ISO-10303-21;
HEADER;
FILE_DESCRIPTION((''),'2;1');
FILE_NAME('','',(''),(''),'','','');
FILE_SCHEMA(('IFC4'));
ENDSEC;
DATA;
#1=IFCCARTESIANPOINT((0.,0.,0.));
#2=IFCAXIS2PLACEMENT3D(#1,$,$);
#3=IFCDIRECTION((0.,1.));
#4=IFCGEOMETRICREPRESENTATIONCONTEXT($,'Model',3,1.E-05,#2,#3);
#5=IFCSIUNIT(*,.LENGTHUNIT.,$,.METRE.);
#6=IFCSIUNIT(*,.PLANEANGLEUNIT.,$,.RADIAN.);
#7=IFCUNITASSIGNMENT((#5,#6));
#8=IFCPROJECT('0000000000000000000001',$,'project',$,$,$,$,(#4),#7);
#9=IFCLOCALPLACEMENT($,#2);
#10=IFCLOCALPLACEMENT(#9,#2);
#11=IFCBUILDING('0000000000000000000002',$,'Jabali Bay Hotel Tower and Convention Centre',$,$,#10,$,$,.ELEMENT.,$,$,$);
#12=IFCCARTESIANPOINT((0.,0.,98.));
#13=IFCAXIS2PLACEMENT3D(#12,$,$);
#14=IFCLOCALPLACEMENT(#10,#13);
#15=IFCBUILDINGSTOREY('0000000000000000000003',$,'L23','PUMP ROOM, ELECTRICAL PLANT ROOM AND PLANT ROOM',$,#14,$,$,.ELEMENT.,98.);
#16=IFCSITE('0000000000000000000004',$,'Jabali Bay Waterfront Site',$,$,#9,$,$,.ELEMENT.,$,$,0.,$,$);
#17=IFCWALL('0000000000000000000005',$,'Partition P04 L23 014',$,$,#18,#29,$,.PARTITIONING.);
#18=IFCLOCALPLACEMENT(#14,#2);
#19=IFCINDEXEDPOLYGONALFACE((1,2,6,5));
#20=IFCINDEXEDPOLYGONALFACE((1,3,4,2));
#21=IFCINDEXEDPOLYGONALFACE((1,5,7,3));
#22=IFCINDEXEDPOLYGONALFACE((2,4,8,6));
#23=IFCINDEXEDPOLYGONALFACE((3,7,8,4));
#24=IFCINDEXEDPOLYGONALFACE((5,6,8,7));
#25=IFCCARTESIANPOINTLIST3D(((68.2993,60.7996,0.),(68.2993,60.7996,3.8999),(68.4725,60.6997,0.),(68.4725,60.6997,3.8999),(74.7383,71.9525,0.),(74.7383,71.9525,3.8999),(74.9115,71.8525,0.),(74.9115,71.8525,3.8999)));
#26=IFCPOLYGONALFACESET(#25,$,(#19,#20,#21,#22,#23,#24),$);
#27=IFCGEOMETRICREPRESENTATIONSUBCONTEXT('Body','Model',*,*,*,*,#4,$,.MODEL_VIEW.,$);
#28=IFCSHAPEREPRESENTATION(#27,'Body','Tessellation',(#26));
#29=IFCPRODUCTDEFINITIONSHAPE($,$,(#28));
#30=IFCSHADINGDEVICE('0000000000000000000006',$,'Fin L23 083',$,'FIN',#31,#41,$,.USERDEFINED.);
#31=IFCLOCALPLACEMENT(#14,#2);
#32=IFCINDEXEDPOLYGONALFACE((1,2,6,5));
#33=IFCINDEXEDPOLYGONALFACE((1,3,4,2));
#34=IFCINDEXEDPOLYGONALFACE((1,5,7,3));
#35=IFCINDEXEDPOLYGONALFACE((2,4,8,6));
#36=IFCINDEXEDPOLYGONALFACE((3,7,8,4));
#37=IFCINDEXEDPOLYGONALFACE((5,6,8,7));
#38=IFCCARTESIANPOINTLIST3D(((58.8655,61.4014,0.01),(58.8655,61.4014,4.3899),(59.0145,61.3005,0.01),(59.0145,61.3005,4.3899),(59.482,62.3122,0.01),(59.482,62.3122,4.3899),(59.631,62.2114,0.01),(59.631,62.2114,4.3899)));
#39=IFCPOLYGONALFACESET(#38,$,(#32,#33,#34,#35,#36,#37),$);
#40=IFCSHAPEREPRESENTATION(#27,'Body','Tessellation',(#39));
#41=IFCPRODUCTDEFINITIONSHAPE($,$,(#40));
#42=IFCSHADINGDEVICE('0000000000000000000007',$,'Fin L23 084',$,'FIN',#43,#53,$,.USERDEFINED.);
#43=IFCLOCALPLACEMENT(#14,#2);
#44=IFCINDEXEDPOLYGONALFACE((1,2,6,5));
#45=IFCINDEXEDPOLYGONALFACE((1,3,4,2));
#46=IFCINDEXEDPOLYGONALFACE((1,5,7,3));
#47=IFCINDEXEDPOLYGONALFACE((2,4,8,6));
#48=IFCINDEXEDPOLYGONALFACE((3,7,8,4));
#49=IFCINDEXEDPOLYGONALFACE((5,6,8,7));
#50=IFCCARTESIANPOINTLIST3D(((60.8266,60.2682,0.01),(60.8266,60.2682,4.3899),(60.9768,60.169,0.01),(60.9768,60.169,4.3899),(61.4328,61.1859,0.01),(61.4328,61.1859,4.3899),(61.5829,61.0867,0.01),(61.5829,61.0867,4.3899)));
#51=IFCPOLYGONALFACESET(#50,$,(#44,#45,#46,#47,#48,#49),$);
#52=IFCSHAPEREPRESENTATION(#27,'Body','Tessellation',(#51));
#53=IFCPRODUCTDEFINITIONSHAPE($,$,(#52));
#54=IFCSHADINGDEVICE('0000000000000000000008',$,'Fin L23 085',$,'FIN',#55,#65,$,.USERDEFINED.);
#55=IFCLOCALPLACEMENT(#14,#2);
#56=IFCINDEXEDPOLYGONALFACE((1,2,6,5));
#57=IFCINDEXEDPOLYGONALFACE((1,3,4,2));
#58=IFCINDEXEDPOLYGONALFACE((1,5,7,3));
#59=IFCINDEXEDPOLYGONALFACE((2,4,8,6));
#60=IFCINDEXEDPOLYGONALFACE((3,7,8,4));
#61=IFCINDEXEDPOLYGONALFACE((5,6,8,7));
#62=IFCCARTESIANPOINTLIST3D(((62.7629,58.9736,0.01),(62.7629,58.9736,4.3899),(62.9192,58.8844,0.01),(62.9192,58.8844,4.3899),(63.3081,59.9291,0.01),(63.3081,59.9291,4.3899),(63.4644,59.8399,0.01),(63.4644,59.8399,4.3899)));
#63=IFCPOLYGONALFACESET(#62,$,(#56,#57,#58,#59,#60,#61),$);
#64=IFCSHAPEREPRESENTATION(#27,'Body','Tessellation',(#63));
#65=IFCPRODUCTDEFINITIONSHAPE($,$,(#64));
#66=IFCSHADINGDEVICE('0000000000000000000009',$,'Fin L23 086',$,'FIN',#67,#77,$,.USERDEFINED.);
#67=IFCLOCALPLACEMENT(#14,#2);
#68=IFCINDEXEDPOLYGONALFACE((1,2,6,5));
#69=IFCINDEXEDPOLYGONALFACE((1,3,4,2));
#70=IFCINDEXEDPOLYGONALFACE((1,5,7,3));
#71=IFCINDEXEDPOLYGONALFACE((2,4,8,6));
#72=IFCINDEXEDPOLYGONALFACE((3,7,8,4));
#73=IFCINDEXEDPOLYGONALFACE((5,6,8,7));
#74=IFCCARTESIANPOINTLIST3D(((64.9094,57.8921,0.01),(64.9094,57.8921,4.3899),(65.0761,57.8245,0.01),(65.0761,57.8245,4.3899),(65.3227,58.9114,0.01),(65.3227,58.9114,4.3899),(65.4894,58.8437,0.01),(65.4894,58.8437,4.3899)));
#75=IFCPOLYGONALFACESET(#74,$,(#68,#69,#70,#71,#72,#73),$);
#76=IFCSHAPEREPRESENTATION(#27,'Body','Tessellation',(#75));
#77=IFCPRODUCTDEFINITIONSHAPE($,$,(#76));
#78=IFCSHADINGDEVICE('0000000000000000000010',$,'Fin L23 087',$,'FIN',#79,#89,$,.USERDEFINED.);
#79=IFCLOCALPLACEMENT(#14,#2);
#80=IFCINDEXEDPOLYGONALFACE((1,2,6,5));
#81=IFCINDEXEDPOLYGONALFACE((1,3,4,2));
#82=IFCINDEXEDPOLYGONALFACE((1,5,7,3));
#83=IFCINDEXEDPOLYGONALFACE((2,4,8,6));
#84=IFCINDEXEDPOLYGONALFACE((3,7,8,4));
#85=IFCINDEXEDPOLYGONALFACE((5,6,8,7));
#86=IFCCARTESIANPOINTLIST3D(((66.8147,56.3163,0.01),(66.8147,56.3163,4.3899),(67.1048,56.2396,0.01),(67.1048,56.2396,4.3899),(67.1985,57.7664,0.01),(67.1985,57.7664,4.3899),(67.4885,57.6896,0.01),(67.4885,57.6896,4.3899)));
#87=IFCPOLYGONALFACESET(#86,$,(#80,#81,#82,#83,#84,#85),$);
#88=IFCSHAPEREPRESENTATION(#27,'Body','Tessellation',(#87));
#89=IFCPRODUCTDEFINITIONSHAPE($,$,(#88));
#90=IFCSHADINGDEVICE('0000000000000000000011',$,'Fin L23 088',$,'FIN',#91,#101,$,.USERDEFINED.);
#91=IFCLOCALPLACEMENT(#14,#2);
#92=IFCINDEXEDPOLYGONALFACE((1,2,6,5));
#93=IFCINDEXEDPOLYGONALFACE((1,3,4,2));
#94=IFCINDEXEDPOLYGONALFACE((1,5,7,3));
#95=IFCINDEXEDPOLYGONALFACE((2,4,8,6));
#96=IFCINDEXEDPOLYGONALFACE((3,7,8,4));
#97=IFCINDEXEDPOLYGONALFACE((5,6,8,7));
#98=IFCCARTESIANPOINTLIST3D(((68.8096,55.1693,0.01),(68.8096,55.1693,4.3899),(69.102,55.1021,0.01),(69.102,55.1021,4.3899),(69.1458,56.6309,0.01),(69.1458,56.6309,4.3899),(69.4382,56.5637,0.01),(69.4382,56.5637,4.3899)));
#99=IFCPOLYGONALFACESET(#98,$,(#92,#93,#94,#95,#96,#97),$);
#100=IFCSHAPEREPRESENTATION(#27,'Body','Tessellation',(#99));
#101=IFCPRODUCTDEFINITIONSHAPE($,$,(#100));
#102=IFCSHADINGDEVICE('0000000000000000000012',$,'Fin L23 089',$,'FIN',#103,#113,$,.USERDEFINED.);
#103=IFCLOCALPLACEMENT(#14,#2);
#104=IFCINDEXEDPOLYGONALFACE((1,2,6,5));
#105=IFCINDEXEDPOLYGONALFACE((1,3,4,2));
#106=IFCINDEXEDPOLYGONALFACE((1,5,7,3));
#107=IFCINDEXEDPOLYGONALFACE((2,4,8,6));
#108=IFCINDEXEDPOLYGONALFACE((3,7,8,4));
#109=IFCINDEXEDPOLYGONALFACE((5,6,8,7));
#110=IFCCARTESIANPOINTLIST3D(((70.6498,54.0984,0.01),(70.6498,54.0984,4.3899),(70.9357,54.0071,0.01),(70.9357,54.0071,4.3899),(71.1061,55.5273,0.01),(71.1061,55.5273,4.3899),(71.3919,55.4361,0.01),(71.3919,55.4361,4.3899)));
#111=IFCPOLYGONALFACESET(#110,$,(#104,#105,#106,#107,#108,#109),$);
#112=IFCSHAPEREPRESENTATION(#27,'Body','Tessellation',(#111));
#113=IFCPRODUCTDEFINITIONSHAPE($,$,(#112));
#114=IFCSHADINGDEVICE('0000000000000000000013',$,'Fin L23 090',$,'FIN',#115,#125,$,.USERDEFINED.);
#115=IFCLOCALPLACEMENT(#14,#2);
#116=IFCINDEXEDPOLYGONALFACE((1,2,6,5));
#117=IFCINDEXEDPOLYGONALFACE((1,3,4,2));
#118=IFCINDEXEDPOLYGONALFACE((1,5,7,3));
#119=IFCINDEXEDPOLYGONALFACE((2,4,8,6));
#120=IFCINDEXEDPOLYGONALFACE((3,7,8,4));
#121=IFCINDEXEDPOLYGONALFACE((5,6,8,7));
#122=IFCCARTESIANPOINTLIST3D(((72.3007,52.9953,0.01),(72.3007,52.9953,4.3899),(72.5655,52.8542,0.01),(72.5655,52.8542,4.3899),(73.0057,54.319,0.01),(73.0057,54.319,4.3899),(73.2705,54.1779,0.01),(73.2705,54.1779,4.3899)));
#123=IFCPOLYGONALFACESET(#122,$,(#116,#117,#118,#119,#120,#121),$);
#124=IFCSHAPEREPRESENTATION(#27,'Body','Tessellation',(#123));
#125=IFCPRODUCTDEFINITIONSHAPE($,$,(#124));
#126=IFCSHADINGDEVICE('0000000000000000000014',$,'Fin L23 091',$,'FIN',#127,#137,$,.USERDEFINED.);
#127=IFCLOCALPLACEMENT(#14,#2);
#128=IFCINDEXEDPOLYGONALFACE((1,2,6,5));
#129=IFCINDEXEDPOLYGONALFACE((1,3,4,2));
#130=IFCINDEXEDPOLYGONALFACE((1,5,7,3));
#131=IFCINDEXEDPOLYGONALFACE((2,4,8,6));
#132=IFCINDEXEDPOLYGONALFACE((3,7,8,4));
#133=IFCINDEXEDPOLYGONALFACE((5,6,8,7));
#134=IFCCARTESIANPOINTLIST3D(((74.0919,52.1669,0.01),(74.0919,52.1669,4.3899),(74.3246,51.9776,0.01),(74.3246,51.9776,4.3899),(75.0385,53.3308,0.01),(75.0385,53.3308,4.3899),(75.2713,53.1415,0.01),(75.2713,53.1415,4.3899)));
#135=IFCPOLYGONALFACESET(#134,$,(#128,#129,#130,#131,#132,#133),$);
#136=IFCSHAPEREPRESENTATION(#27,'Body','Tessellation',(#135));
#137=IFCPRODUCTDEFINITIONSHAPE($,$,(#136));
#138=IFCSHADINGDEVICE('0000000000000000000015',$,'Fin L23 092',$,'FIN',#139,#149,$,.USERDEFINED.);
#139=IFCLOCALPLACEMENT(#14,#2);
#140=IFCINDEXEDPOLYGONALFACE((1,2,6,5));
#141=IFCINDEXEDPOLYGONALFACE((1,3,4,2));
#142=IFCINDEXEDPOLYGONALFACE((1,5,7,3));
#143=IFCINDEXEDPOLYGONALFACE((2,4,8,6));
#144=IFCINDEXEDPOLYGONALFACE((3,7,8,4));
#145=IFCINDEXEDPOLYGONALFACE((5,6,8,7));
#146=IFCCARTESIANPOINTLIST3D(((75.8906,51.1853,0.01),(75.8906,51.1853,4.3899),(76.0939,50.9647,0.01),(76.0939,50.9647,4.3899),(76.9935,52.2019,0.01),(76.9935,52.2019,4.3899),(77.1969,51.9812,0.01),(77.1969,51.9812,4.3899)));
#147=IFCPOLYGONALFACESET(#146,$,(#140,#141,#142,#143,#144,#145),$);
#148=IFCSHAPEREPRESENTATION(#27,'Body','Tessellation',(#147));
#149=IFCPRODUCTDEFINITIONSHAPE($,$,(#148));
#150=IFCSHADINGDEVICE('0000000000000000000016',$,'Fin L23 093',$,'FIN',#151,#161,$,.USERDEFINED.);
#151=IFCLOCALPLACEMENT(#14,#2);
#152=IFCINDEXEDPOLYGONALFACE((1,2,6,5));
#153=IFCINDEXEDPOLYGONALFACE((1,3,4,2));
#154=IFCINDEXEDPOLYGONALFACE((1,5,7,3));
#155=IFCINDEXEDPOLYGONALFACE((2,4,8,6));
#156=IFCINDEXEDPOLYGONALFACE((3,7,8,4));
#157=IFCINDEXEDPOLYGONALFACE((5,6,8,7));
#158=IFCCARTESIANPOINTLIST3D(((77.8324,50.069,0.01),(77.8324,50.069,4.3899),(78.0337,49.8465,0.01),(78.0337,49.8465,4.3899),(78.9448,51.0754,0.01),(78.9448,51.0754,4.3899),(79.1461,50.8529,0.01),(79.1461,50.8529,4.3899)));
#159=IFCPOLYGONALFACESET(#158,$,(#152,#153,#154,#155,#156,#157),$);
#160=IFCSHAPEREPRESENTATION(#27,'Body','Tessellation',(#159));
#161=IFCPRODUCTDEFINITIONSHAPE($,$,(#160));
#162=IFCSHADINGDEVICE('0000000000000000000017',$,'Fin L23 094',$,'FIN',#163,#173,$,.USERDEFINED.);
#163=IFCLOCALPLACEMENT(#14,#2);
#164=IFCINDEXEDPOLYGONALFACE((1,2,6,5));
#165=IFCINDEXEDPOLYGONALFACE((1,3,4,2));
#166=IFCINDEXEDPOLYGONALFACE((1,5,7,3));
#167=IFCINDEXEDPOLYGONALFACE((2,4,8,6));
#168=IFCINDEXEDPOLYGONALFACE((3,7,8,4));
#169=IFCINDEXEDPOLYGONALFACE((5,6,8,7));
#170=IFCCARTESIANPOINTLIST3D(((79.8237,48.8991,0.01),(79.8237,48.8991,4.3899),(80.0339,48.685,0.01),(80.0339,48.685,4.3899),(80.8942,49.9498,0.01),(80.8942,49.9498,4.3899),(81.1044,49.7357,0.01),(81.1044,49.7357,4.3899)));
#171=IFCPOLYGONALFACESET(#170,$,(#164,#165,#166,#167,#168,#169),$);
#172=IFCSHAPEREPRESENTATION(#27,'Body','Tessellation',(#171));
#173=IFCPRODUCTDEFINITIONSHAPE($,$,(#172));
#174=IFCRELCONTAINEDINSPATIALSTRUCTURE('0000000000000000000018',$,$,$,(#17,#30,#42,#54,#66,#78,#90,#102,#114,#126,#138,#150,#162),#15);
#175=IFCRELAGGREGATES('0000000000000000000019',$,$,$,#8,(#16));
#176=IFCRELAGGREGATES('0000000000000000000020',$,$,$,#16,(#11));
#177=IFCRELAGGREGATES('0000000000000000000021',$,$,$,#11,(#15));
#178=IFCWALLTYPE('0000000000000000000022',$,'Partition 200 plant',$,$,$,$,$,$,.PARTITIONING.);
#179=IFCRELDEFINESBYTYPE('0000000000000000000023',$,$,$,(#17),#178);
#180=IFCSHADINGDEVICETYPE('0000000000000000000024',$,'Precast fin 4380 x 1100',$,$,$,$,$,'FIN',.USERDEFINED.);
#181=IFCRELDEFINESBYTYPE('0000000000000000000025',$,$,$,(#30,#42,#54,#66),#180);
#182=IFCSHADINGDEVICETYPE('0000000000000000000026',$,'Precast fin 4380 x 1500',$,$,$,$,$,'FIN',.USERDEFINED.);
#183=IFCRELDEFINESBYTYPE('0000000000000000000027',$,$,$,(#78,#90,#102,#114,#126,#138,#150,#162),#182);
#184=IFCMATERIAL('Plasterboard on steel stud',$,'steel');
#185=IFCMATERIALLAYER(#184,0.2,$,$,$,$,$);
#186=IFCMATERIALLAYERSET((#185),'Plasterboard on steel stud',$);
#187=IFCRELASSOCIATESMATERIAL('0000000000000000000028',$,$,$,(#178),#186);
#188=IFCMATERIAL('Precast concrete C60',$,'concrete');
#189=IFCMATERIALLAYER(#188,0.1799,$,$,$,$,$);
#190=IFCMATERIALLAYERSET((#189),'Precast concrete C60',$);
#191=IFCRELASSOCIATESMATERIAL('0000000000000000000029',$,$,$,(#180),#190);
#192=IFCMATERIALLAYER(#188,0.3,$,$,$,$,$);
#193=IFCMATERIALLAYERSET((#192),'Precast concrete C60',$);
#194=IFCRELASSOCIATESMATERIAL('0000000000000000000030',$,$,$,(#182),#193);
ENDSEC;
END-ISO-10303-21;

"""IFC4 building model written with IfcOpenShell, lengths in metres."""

from ifc_helpers import new_model, si_unit, direction, frame, frame_2d, origin, place, context, subcontext, project, spatial, rectangle, extrude, material, layer, layer_set, type_object, element, save


model = new_model("IFC4")

# Units and contexts
model_context = context("Model", 3, precision=1e-05, world=origin(), true_north=direction((0.0, 1.0)))
body_context = subcontext(model_context, "Body", "Model", "MODEL_VIEW")
ifc_project = project(units=[si_unit("LENGTHUNIT", "METRE"), si_unit("PLANEANGLEUNIT", "RADIAN")], contexts=[model_context])

# Site, building, storey
site_placement = place(None, origin())
site = spatial("IfcSite", under=ifc_project, at=site_placement, Name="Jabali Bay Waterfront Site", CompositionType="ELEMENT", RefElevation=0.0)
building_placement = place(site_placement, origin())
building = spatial("IfcBuilding", under=site, at=building_placement, Name="Jabali Bay Hotel Tower and Convention Centre", CompositionType="ELEMENT")
storey_placement = place(building_placement, frame((0.0, 0.0, 98.0)))
storey = spatial("IfcBuildingStorey", under=building, at=storey_placement, Name="L23", Description="PUMP ROOM, ELECTRICAL PLANT ROOM AND PLANT ROOM", CompositionType="ELEMENT", Elevation=98.0)

# Wall
ifc_material_1 = material(Name="Plasterboard on steel stud", Category="steel")
ifc_layer_1 = layer(ifc_material_1, 0.2)
ifc_layer_set_1 = layer_set([ifc_layer_1], Name="Plasterboard on steel stud")
wall_type_1 = type_object("IfcWallType", Name="Partition 200 plant", PredefinedType="PARTITIONING", material=ifc_layer_set_1)
wall_1_placement = place(storey_placement, frame((68.386, 60.7498, 0.0), z_axis=(0.0, 0.0, 1.0), x_axis=(0.499993, 0.86603, 0.0)))
element("IfcWall", 1, at=wall_1_placement, inside=storey, type_object=wall_type_1, Name="Partition P04 L23 014", PredefinedType="PARTITIONING", context=body_context, shape_type="SweptSolid", body=[
    extrude(rectangle(XDim=12.8782, YDim=0.2, at=frame_2d((6.439, 0.0))), origin(), (0.0, 0.0, 1.0), 3.8999),
])

# Shading devices
ifc_material_2 = material(Name="Precast concrete C60", Category="concrete")
ifc_layer_2 = layer(ifc_material_2, 0.1799)
ifc_layer_set_2 = layer_set([ifc_layer_2], Name="Precast concrete C60")
shading_device_type_1 = type_object("IfcShadingDeviceType", Name="Precast fin 4380 x 1100", ElementType="FIN", PredefinedType="USERDEFINED", material=ifc_layer_set_2)
for number, where, z_axis, x_axis, name in (
    (2, (59.5564, 62.2617, 0.01), (0.0, 0.0, 1.0), (-0.560475, -0.828171, 0.0), "Fin L23 083"),
    (3, (61.5078, 61.1362, 0.01), (0.0, 0.0, 1.0), (-0.551161, -0.834399, 0.0), "Fin L23 084"),
):
    element("IfcShadingDevice", number, at=place(storey_placement, frame(where, z_axis=z_axis, x_axis=x_axis)), inside=storey, type_object=shading_device_type_1, Name=name, ObjectType="FIN", PredefinedType="USERDEFINED", context=body_context, shape_type="SweptSolid", body=[
        extrude(rectangle(XDim=1.0999, YDim=0.1799, at=frame_2d((0.5498, 0.0))), origin(), (0.0, 0.0, 1.0), 4.3799),
    ])
shading_device_1_placement = place(storey_placement, frame((63.3862, 59.8845, 0.01), z_axis=(0.0, 0.0, 1.0), x_axis=(-0.495541, -0.868584, 0.0)))
element("IfcShadingDevice", 4, at=shading_device_1_placement, inside=storey, type_object=shading_device_type_1, Name="Fin L23 085", ObjectType="FIN", PredefinedType="USERDEFINED", context=body_context, shape_type="SweptSolid", body=[
    extrude(rectangle(XDim=1.1001, YDim=0.1799, at=frame_2d((0.55, 0.0))), origin(), (0.0, 0.0, 1.0), 4.3799),
])
shading_device_2_placement = place(storey_placement, frame((65.406, 58.8774, 0.01), z_axis=(0.0, 0.0, 1.0), x_axis=(-0.375788, -0.926706, 0.0)))
element("IfcShadingDevice", 5, at=shading_device_2_placement, inside=storey, type_object=shading_device_type_1, Name="Fin L23 086", ObjectType="FIN", PredefinedType="USERDEFINED", context=body_context, shape_type="SweptSolid", body=[
    extrude(rectangle(XDim=1.0999, YDim=0.1799, at=frame_2d((0.5498, 0.0))), origin(), (0.0, 0.0, 1.0), 4.3799),
])
ifc_layer_3 = layer(ifc_material_2, 0.3)
ifc_layer_set_3 = layer_set([ifc_layer_3], Name="Precast concrete C60")
shading_device_type_2 = type_object("IfcShadingDeviceType", Name="Precast fin 4380 x 1500", ElementType="FIN", PredefinedType="USERDEFINED", material=ifc_layer_set_3)
shading_device_3_placement = place(storey_placement, frame((67.3435, 57.728, 0.01), z_axis=(0.0, 0.0, 1.0), x_axis=(-0.255839, -0.966719, 0.0)))
element("IfcShadingDevice", 6, at=shading_device_3_placement, inside=storey, type_object=shading_device_type_2, Name="Fin L23 087", ObjectType="FIN", PredefinedType="USERDEFINED", context=body_context, shape_type="SweptSolid", body=[
    extrude(rectangle(XDim=1.5, YDim=0.3, at=frame_2d((0.75, 0.0))), origin(), (0.0, 0.0, 1.0), 4.3799),
])
shading_device_4_placement = place(storey_placement, frame((69.292, 56.5974, 0.01), z_axis=(0.0, 0.0, 1.0), x_axis=(-0.224146, -0.974556, 0.0)))
element("IfcShadingDevice", 7, at=shading_device_4_placement, inside=storey, type_object=shading_device_type_2, Name="Fin L23 088", ObjectType="FIN", PredefinedType="USERDEFINED", context=body_context, shape_type="SweptSolid", body=[
    extrude(rectangle(XDim=1.4998, YDim=0.3, at=frame_2d((0.75, 0.0))), origin(), (0.0, 0.0, 1.0), 4.3799),
])
shading_device_5_placement = place(storey_placement, frame((71.249, 55.4817, 0.01), z_axis=(0.0, 0.0, 1.0), x_axis=(-0.304191, -0.952611, 0.0)))
element("IfcShadingDevice", 8, at=shading_device_5_placement, inside=storey, type_object=shading_device_type_2, Name="Fin L23 089", ObjectType="FIN", PredefinedType="USERDEFINED", context=body_context, shape_type="SweptSolid", body=[
    extrude(rectangle(XDim=1.5, YDim=0.3, at=frame_2d((0.75, 0.0))), origin(), (0.0, 0.0, 1.0), 4.3799),
])
shading_device_6_placement = place(storey_placement, frame((73.1382, 54.2485, 0.01), z_axis=(0.0, 0.0, 1.0), x_axis=(-0.470115, -0.882605, 0.0)))
element("IfcShadingDevice", 9, at=shading_device_6_placement, inside=storey, type_object=shading_device_type_2, Name="Fin L23 090", ObjectType="FIN", PredefinedType="USERDEFINED", context=body_context, shape_type="SweptSolid", body=[
    extrude(rectangle(XDim=1.4998, YDim=0.3, at=frame_2d((0.75, 0.0))), origin(), (0.0, 0.0, 1.0), 4.3799),
])
shading_device_7_placement = place(storey_placement, frame((75.1548, 53.2361, 0.01), z_axis=(0.0, 0.0, 1.0), x_axis=(-0.630966, -0.77581, 0.0)))
element("IfcShadingDevice", 10, at=shading_device_7_placement, inside=storey, type_object=shading_device_type_2, Name="Fin L23 091", ObjectType="FIN", PredefinedType="USERDEFINED", context=body_context, shape_type="SweptSolid", body=[
    extrude(rectangle(XDim=1.5002, YDim=0.3, at=frame_2d((0.75, 0.0))), origin(), (0.0, 0.0, 1.0), 4.3799),
])
for number, where, z_axis, x_axis, name in (
    (11, (77.0952, 52.0916, 0.01), (0.0, 0.0, 1.0), (-0.735327, -0.677712, 0.0), "Fin L23 092"),
    (12, (79.0454, 50.9641, 0.01), (0.0, 0.0, 1.0), (-0.741543, -0.670905, 0.0), "Fin L23 093"),
    (13, (80.9993, 49.8428, 0.01), (0.0, 0.0, 1.0), (-0.713668, -0.700485, 0.0), "Fin L23 094"),
):
    element("IfcShadingDevice", number, at=place(storey_placement, frame(where, z_axis=z_axis, x_axis=x_axis)), inside=storey, type_object=shading_device_type_2, Name=name, ObjectType="FIN", PredefinedType="USERDEFINED", context=body_context, shape_type="SweptSolid", body=[
        extrude(rectangle(XDim=1.5, YDim=0.3, at=frame_2d((0.75, 0.0))), origin(), (0.0, 0.0, 1.0), 4.3799),
    ])

save(model, "model.ifc")
